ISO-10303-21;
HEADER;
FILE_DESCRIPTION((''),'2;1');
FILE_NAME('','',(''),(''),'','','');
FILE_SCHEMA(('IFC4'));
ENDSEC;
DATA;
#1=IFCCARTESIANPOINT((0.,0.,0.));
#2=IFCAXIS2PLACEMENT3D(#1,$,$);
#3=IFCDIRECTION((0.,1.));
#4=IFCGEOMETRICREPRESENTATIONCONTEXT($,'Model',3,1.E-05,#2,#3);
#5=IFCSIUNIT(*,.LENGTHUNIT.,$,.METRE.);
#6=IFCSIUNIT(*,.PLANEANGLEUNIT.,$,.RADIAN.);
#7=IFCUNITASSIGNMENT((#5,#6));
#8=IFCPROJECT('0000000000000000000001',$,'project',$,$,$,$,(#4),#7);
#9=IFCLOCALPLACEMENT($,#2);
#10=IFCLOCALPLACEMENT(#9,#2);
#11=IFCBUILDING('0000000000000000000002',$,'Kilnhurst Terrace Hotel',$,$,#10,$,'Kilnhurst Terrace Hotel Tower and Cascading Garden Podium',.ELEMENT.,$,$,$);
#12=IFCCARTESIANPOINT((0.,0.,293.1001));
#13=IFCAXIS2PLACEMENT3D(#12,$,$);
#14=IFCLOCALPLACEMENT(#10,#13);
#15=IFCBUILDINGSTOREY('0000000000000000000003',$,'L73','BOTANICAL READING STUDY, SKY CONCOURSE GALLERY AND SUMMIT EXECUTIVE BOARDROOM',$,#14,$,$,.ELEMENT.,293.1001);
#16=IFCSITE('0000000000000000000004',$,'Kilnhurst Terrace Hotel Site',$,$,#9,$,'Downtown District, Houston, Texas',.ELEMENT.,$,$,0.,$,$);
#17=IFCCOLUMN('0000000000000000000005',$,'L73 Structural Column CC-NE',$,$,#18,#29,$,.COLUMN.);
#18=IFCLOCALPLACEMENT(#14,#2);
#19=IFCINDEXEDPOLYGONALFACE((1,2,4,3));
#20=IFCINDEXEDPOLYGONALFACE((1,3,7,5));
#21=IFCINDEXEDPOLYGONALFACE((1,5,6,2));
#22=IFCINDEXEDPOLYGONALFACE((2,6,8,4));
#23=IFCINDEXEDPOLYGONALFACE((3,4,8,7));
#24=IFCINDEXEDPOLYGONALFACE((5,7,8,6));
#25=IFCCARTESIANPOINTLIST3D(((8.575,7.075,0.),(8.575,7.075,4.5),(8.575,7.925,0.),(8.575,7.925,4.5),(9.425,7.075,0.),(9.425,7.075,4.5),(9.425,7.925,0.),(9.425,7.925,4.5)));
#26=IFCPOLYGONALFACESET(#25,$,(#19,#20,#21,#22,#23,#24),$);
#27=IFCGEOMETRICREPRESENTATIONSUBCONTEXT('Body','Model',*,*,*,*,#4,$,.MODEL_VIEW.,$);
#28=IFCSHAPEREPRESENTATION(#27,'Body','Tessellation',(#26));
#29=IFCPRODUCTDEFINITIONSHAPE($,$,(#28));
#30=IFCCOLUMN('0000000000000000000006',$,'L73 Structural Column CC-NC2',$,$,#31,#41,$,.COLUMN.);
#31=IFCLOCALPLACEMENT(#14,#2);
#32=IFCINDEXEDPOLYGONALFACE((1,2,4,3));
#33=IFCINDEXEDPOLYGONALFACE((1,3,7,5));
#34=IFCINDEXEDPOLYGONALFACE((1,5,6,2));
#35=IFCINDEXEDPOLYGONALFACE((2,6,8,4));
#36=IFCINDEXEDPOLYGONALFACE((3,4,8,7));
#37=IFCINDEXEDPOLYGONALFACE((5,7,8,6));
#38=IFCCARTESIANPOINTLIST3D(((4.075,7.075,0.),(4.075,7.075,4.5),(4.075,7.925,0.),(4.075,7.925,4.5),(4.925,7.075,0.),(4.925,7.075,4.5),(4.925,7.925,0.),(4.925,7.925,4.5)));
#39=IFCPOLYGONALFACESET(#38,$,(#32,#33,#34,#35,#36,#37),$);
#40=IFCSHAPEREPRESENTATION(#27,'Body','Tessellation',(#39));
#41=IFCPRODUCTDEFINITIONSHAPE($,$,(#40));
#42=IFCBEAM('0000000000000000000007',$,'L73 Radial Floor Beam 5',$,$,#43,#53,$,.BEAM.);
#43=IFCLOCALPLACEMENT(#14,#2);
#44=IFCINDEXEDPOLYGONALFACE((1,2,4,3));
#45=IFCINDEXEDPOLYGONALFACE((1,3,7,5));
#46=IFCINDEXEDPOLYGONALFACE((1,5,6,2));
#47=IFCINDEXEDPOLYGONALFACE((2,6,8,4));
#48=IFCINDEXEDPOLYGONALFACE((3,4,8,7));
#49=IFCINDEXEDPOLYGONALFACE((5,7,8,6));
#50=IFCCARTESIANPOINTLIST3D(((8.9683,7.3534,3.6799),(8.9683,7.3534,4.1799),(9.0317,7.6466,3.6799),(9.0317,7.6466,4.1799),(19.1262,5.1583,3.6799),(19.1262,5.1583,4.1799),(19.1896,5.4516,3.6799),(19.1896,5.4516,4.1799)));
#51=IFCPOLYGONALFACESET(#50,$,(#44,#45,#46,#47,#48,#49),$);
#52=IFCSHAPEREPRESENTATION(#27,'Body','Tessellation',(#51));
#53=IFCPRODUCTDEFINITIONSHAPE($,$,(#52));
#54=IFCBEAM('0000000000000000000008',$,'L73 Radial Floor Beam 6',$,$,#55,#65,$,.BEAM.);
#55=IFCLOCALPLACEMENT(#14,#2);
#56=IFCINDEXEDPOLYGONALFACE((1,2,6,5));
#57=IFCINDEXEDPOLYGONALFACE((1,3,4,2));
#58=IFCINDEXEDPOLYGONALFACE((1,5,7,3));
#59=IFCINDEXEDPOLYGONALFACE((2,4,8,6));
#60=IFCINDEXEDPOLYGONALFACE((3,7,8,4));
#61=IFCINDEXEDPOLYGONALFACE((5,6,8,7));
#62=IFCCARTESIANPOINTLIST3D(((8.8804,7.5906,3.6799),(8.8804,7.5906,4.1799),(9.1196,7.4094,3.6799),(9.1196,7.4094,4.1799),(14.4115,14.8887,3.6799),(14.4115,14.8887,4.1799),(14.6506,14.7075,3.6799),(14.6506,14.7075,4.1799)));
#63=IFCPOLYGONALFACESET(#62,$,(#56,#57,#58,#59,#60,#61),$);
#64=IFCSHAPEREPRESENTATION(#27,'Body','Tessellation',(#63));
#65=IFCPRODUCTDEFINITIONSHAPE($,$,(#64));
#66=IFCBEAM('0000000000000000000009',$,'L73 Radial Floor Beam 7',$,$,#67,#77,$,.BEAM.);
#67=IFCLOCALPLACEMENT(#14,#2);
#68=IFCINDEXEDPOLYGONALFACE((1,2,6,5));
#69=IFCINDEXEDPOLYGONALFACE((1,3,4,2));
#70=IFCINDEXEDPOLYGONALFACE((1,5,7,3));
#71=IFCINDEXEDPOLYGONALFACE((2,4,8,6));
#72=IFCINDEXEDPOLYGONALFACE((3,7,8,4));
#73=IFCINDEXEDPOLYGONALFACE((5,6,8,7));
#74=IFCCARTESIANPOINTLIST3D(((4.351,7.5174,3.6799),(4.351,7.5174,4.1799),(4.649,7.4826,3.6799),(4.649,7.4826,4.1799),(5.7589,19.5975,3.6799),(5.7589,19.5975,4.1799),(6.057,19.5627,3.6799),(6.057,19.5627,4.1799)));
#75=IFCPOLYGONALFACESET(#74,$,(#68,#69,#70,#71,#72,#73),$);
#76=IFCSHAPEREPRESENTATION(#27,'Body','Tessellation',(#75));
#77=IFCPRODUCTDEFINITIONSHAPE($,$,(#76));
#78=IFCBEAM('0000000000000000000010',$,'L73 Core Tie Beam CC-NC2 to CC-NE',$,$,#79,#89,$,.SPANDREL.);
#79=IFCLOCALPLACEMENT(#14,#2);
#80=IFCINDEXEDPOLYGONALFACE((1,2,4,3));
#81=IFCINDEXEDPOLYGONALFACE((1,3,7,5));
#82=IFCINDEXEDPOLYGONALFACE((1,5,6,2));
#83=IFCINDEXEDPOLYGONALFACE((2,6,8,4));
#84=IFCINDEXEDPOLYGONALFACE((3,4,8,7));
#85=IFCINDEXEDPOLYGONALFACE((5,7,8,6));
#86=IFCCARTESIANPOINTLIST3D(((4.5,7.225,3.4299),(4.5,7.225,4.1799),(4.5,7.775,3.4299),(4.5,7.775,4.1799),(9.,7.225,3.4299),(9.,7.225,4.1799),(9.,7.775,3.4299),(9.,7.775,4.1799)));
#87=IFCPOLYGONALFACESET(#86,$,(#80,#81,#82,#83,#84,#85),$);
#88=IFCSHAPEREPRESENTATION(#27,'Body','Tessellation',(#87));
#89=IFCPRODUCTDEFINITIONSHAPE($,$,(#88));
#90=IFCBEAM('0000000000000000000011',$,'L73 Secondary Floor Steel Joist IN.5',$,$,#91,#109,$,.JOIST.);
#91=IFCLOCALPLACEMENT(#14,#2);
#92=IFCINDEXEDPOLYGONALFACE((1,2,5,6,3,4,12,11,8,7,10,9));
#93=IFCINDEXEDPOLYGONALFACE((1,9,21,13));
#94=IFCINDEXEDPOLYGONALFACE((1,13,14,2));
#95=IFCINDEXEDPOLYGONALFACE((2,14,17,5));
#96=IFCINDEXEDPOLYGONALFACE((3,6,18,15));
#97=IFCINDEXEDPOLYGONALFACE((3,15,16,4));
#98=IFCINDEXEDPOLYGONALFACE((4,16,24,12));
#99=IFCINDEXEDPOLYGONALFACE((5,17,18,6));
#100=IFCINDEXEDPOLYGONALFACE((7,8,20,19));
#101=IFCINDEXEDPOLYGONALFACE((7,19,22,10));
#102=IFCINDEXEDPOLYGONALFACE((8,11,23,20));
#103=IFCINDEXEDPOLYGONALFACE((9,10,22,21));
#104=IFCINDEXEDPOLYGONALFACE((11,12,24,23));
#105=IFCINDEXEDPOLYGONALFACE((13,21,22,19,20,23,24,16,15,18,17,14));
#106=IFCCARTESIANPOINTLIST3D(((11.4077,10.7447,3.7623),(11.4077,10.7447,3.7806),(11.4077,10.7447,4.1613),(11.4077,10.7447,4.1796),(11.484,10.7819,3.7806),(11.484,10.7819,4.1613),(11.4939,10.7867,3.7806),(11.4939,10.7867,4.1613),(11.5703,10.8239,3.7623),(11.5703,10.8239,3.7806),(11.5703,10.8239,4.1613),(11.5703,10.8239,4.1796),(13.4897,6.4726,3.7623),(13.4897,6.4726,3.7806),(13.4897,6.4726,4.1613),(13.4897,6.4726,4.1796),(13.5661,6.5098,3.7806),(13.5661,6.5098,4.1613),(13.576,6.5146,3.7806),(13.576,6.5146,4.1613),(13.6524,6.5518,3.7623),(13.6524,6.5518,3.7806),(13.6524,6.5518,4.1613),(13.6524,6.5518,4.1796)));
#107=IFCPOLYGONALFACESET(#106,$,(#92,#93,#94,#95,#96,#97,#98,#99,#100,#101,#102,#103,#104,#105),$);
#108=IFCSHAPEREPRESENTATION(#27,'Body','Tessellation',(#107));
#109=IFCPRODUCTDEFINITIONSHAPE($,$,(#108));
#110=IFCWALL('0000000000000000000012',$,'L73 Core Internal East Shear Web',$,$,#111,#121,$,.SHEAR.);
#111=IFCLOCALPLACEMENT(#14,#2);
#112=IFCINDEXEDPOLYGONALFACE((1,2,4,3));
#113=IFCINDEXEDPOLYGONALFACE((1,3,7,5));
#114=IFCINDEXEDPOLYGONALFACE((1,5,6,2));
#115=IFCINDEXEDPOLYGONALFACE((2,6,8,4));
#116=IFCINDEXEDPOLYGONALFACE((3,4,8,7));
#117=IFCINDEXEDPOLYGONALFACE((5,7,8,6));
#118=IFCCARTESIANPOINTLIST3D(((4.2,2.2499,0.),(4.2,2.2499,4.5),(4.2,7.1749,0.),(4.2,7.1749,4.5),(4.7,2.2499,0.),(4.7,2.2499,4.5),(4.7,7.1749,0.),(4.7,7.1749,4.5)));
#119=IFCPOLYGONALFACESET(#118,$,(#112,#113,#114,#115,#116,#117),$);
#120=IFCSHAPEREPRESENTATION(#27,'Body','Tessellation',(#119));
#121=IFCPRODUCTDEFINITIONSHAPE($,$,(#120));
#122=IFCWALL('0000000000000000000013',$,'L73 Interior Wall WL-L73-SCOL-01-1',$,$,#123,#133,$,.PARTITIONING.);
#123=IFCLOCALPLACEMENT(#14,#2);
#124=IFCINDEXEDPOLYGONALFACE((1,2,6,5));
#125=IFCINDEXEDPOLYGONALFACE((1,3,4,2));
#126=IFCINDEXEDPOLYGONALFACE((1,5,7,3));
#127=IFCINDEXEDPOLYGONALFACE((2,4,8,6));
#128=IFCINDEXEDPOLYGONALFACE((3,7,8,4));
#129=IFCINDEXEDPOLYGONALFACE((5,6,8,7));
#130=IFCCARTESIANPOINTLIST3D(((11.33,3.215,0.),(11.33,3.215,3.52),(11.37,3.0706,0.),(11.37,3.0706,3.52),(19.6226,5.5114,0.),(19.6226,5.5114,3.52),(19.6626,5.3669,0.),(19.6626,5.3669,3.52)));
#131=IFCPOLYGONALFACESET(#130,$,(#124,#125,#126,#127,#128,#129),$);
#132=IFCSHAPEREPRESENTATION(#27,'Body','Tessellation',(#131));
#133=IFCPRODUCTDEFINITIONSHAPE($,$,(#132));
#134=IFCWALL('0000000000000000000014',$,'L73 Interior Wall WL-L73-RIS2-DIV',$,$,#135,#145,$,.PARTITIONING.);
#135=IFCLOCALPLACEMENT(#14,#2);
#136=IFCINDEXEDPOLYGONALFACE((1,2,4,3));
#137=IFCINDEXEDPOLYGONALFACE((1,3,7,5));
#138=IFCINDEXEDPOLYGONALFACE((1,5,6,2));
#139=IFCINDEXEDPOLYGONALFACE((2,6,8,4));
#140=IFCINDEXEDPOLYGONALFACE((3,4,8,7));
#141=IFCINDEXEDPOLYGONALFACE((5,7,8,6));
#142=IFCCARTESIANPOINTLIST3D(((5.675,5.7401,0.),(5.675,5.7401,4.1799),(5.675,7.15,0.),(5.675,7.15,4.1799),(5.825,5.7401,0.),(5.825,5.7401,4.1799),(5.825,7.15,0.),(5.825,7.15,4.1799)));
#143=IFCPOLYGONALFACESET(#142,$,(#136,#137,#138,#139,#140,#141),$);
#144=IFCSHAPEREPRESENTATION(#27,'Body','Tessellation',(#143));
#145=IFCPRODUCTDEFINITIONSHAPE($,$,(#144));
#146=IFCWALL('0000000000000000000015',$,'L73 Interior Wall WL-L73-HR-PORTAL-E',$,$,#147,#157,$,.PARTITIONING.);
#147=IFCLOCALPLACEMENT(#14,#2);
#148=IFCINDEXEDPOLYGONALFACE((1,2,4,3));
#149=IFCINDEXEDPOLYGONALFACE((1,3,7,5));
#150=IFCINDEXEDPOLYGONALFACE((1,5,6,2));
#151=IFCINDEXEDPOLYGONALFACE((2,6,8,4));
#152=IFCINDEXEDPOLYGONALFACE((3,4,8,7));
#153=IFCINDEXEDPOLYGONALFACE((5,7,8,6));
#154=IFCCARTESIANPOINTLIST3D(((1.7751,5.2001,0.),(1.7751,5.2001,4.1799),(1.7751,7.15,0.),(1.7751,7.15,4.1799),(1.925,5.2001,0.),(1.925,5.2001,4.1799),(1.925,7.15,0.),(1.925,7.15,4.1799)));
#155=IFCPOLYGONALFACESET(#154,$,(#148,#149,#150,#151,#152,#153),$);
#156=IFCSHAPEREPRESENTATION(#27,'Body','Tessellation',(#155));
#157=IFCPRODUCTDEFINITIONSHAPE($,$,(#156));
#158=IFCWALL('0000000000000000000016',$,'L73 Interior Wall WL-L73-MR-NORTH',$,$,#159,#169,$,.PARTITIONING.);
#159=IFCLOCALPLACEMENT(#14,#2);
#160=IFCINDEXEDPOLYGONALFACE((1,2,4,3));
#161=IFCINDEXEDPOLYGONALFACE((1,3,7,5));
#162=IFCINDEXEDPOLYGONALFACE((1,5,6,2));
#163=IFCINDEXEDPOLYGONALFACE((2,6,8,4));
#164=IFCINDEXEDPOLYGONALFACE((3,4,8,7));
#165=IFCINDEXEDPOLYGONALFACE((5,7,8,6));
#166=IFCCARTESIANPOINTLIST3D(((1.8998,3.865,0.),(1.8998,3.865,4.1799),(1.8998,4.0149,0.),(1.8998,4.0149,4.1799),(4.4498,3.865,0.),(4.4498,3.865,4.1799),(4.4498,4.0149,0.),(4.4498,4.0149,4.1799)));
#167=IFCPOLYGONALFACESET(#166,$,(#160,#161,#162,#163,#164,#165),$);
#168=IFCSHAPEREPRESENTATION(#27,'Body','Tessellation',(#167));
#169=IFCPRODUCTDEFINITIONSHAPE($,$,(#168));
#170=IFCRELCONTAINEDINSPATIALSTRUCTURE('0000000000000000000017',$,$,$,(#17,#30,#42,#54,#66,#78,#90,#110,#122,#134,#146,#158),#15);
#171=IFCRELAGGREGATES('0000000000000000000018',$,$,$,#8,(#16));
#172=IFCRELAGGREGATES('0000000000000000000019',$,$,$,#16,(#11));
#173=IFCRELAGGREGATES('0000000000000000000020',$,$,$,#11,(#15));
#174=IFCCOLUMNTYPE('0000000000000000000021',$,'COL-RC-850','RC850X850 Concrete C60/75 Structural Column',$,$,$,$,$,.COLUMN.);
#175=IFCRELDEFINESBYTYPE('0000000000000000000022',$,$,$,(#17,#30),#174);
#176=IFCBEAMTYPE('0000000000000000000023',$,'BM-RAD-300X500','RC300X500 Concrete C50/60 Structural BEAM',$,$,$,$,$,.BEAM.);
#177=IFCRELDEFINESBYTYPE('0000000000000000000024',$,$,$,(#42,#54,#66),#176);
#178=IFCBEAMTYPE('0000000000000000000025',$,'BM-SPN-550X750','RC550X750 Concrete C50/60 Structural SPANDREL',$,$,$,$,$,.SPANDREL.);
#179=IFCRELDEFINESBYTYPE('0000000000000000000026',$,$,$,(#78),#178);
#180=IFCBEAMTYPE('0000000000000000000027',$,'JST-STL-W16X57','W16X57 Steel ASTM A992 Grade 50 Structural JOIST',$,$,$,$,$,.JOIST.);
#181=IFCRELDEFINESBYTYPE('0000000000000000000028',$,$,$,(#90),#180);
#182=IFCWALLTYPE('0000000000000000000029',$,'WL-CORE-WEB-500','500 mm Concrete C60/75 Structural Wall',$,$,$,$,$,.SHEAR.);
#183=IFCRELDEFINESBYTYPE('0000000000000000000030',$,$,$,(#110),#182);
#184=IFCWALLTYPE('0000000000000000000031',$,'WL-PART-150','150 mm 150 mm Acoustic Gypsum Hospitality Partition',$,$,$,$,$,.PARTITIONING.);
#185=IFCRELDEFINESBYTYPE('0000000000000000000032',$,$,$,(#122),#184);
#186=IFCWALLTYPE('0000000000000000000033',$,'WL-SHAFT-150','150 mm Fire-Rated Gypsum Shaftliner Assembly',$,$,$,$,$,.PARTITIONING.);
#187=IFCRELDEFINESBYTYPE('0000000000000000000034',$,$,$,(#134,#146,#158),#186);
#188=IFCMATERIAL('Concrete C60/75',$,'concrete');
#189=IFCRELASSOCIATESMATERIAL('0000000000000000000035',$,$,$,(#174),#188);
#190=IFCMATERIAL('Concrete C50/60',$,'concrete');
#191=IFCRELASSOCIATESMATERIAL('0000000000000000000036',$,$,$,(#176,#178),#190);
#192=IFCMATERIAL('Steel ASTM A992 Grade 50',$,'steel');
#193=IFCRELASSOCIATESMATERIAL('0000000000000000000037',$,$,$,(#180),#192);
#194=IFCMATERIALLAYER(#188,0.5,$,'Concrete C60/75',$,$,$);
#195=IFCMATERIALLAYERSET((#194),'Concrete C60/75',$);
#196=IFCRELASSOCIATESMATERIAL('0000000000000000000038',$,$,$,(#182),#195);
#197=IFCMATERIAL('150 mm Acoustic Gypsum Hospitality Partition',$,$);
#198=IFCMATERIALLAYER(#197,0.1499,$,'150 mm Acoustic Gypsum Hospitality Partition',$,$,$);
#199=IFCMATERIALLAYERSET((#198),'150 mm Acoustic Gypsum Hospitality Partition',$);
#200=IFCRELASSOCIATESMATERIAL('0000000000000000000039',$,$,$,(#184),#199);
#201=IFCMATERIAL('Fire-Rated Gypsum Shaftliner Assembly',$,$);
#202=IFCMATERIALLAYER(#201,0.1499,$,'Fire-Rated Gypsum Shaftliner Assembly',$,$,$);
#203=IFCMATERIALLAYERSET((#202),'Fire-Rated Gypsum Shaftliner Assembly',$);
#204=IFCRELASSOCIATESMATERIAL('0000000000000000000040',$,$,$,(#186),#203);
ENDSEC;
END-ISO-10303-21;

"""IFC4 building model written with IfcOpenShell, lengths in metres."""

from ifc_helpers import new_model, si_unit, direction, frame, frame_2d, origin, origin_2d, place, context, subcontext, project, spatial, rectangle, i_section, extrude, material, layer, layer_set, material_profile, profile_set, type_object, element, save


model = new_model("IFC4")

# Units and contexts
model_context = context("Model", 3, precision=1e-05, world=origin(), true_north=direction((0.0, 1.0)))
body_context = subcontext(model_context, "Body", "Model", "MODEL_VIEW")
ifc_project = project(units=[si_unit("LENGTHUNIT", "METRE"), si_unit("PLANEANGLEUNIT", "RADIAN")], contexts=[model_context])

# Site, building, storey
site_placement = place(None, origin())
site = spatial("IfcSite", under=ifc_project, at=site_placement, Name="Kilnhurst Terrace Hotel Site", LongName="Downtown District, Houston, Texas", CompositionType="ELEMENT", RefElevation=0.0)
building_placement = place(site_placement, origin())
building = spatial("IfcBuilding", under=site, at=building_placement, Name="Kilnhurst Terrace Hotel", LongName="Kilnhurst Terrace Hotel Tower and Cascading Garden Podium", CompositionType="ELEMENT")
storey_placement = place(building_placement, frame((0.0, 0.0, 293.1001)))
storey = spatial("IfcBuildingStorey", under=building, at=storey_placement, Name="L73", Description="BOTANICAL READING STUDY, SKY CONCOURSE GALLERY AND SUMMIT EXECUTIVE BOARDROOM", CompositionType="ELEMENT", Elevation=293.1001)

# Columns
ifc_material_1 = material(Name="Concrete C60/75", Category="concrete")
ifc_material_profile_1 = material_profile(ifc_material_1, rectangle(XDim=0.8501, YDim=0.8501, at=origin_2d()), Name="RC850X850")
ifc_profile_set_1 = profile_set([ifc_material_profile_1], Name="Concrete C60/75")
column_type = type_object("IfcColumnType", Name="COL-RC-850", Description="RC850X850 Concrete C60/75 Structural Column", PredefinedType="COLUMN", material=ifc_profile_set_1)
for number, where, z_axis, x_axis, name in (
    (1, (9.0, 7.5, 0.0), (0.0, 0.0, 1.0), (1.0, 0.0, 0.0), "L73 Structural Column CC-NE"),
    (2, (4.5, 7.5, 0.0), (0.0, 0.0, 1.0), (1.0, 0.0, 0.0), "L73 Structural Column CC-NC2"),
):
    element("IfcColumn", number, at=place(storey_placement, frame(where, z_axis=z_axis, x_axis=x_axis)), inside=storey, type_object=column_type, Name=name, PredefinedType="COLUMN", context=body_context, shape_type="SweptSolid", body=[
        extrude(rectangle(XDim=0.8501, YDim=0.8501, at=origin_2d()), origin(), (0.0, 0.0, 1.0), 4.5),
    ])

# Beams
ifc_material_2 = material(Name="Concrete C50/60", Category="concrete")
ifc_material_profile_2 = material_profile(ifc_material_2, rectangle(XDim=0.3, YDim=0.5, at=origin_2d()), Name="RC300X500")
ifc_profile_set_2 = profile_set([ifc_material_profile_2], Name="Concrete C50/60")
beam_type_1 = type_object("IfcBeamType", Name="BM-RAD-300X500", Description="RC300X500 Concrete C50/60 Structural BEAM", PredefinedType="BEAM", material=ifc_profile_set_2)
beam_1_placement = place(storey_placement, frame((9.0, 7.5, 3.9299), z_axis=(0.977439, -0.211218, 0.0), x_axis=(0.211218, 0.977439, 0.0)))
element("IfcBeam", 3, at=beam_1_placement, inside=storey, type_object=beam_type_1, Name="L73 Radial Floor Beam 5", PredefinedType="BEAM", context=body_context, shape_type="SweptSolid", body=[
    extrude(rectangle(XDim=0.3, YDim=0.5, at=origin_2d()), origin(), (0.0, 0.0, 1.0), 10.3923),
])
beam_2_placement = place(storey_placement, frame((9.0, 7.5, 3.9299), z_axis=(0.604007, 0.796979, 0.0), x_axis=(-0.796979, 0.604007, 0.0)))
element("IfcBeam", 4, at=beam_2_placement, inside=storey, type_object=beam_type_1, Name="L73 Radial Floor Beam 6", PredefinedType="BEAM", context=body_context, shape_type="SweptSolid", body=[
    extrude(rectangle(XDim=0.3, YDim=0.5, at=origin_2d()), origin(), (0.0, 0.0, 1.0), 9.1572),
])
beam_3_placement = place(storey_placement, frame((4.5, 7.5, 3.9299), z_axis=(0.115768, 0.993276, 0.0), x_axis=(-0.993276, 0.115768, 0.0)))
element("IfcBeam", 5, at=beam_3_placement, inside=storey, type_object=beam_type_1, Name="L73 Radial Floor Beam 7", PredefinedType="BEAM", context=body_context, shape_type="SweptSolid", body=[
    extrude(rectangle(XDim=0.3, YDim=0.5, at=origin_2d()), origin(), (0.0, 0.0, 1.0), 12.1619),
])
ifc_material_profile_3 = material_profile(ifc_material_2, rectangle(XDim=0.55, YDim=0.75, at=origin_2d()), Name="RC550X750")
ifc_profile_set_3 = profile_set([ifc_material_profile_3], Name="Concrete C50/60")
beam_type_2 = type_object("IfcBeamType", Name="BM-SPN-550X750", Description="RC550X750 Concrete C50/60 Structural SPANDREL", PredefinedType="SPANDREL", material=ifc_profile_set_3)
beam_4_placement = place(storey_placement, frame((4.5, 7.5, 3.8049), z_axis=(1.0, 0.0, 0.0), x_axis=(0.0, 1.0, 0.0)))
element("IfcBeam", 6, at=beam_4_placement, inside=storey, type_object=beam_type_2, Name="L73 Core Tie Beam CC-NC2 to CC-NE", PredefinedType="SPANDREL", context=body_context, shape_type="SweptSolid", body=[
    extrude(rectangle(XDim=0.55, YDim=0.75, at=origin_2d()), origin(), (0.0, 0.0, 1.0), 4.5),
])
ifc_material_3 = material(Name="Steel ASTM A992 Grade 50", Category="steel")
ifc_material_profile_4 = material_profile(ifc_material_3, i_section(OverallWidth=0.1809, OverallDepth=0.4172, WebThickness=0.011, FlangeThickness=0.0183, at=origin_2d()), Name="W16X57")
ifc_profile_set_4 = profile_set([ifc_material_profile_4], Name="Steel ASTM A992 Grade 50")
beam_type_3 = type_object("IfcBeamType", Name="JST-STL-W16X57", Description="W16X57 Steel ASTM A992 Grade 50 Structural JOIST", PredefinedType="JOIST", material=ifc_profile_set_4)
beam_5_placement = place(storey_placement, frame((13.571, 6.5122, 3.9709), z_axis=(-0.438108, 0.898922, 0.0), x_axis=(-0.898922, -0.438108, 0.0)))
element("IfcBeam", 7, at=beam_5_placement, inside=storey, type_object=beam_type_3, Name="L73 Secondary Floor Steel Joist IN.5", PredefinedType="JOIST", context=body_context, shape_type="SweptSolid", body=[
    extrude(i_section(OverallWidth=0.1809, OverallDepth=0.4172, WebThickness=0.011, FlangeThickness=0.0183, at=origin_2d()), origin(), (0.0, 0.0, 1.0), 4.7524),
])

# Walls
ifc_layer_1 = layer(ifc_material_1, 0.5, Name="Concrete C60/75")
ifc_layer_set_1 = layer_set([ifc_layer_1], Name="Concrete C60/75")
wall_type_1 = type_object("IfcWallType", Name="WL-CORE-WEB-500", Description="500 mm Concrete C60/75 Structural Wall", PredefinedType="SHEAR", material=ifc_layer_set_1)
wall_1_placement = place(storey_placement, frame((4.45, 2.25, 0.0), z_axis=(0.0, 0.0, 1.0), x_axis=(0.0, 1.0, 0.0)))
element("IfcWall", 8, at=wall_1_placement, inside=storey, type_object=wall_type_1, Name="L73 Core Internal East Shear Web", PredefinedType="SHEAR", context=body_context, shape_type="SweptSolid", body=[
    extrude(rectangle(XDim=4.925, YDim=0.5, at=frame_2d((2.4624, 0.0))), origin(), (0.0, 0.0, 1.0), 4.5),
])
ifc_material_4 = material(Name="150 mm Acoustic Gypsum Hospitality Partition")
ifc_layer_2 = layer(ifc_material_4, 0.1499, Name="150 mm Acoustic Gypsum Hospitality Partition")
ifc_layer_set_2 = layer_set([ifc_layer_2], Name="150 mm Acoustic Gypsum Hospitality Partition")
wall_type_2 = type_object("IfcWallType", Name="WL-PART-150", Description="150 mm 150 mm Acoustic Gypsum Hospitality Partition", PredefinedType="PARTITIONING", material=ifc_layer_set_2)
wall_2_placement = place(storey_placement, frame((11.3501, 3.1428, 0.0), z_axis=(0.0, 0.0, 1.0), x_axis=(0.963732, 0.266873, 0.0)))
element("IfcWall", 9, at=wall_2_placement, inside=storey, type_object=wall_type_2, Name="L73 Interior Wall WL-L73-SCOL-01-1", PredefinedType="PARTITIONING", context=body_context, shape_type="SweptSolid", body=[
    extrude(rectangle(XDim=8.6047, YDim=0.1499, at=frame_2d((4.3022, 0.0))), origin(), (0.0, 0.0, 1.0), 3.52),
])
ifc_material_5 = material(Name="Fire-Rated Gypsum Shaftliner Assembly")
ifc_layer_3 = layer(ifc_material_5, 0.1499, Name="Fire-Rated Gypsum Shaftliner Assembly")
ifc_layer_set_3 = layer_set([ifc_layer_3], Name="Fire-Rated Gypsum Shaftliner Assembly")
wall_type_3 = type_object("IfcWallType", Name="WL-SHAFT-150", Description="150 mm Fire-Rated Gypsum Shaftliner Assembly", PredefinedType="PARTITIONING", material=ifc_layer_set_3)
wall_3_placement = place(storey_placement, frame((5.75, 5.74, 0.0), z_axis=(0.0, 0.0, 1.0), x_axis=(0.0, 1.0, 0.0)))
element("IfcWall", 10, at=wall_3_placement, inside=storey, type_object=wall_type_3, Name="L73 Interior Wall WL-L73-RIS2-DIV", PredefinedType="PARTITIONING", context=body_context, shape_type="SweptSolid", body=[
    extrude(rectangle(XDim=1.4099, YDim=0.1499, at=frame_2d((0.7051, 0.0))), origin(), (0.0, 0.0, 1.0), 4.1799),
])
wall_4_placement = place(storey_placement, frame((1.8501, 5.2, 0.0), z_axis=(0.0, 0.0, 1.0), x_axis=(0.0, 1.0, 0.0)))
element("IfcWall", 11, at=wall_4_placement, inside=storey, type_object=wall_type_3, Name="L73 Interior Wall WL-L73-HR-PORTAL-E", PredefinedType="PARTITIONING", context=body_context, shape_type="SweptSolid", body=[
    extrude(rectangle(XDim=1.95, YDim=0.1499, at=frame_2d((0.9751, 0.0))), origin(), (0.0, 0.0, 1.0), 4.1799),
])
wall_5_placement = place(storey_placement, frame((1.8999, 3.9399, 0.0), z_axis=(0.0, 0.0, 1.0), x_axis=(1.0, 0.0, 0.0)))
element("IfcWall", 12, at=wall_5_placement, inside=storey, type_object=wall_type_3, Name="L73 Interior Wall WL-L73-MR-NORTH", PredefinedType="PARTITIONING", context=body_context, shape_type="SweptSolid", body=[
    extrude(rectangle(XDim=2.55, YDim=0.1499, at=frame_2d((1.2749, 0.0))), origin(), (0.0, 0.0, 1.0), 4.1799),
])

save(model, "model.ifc")
